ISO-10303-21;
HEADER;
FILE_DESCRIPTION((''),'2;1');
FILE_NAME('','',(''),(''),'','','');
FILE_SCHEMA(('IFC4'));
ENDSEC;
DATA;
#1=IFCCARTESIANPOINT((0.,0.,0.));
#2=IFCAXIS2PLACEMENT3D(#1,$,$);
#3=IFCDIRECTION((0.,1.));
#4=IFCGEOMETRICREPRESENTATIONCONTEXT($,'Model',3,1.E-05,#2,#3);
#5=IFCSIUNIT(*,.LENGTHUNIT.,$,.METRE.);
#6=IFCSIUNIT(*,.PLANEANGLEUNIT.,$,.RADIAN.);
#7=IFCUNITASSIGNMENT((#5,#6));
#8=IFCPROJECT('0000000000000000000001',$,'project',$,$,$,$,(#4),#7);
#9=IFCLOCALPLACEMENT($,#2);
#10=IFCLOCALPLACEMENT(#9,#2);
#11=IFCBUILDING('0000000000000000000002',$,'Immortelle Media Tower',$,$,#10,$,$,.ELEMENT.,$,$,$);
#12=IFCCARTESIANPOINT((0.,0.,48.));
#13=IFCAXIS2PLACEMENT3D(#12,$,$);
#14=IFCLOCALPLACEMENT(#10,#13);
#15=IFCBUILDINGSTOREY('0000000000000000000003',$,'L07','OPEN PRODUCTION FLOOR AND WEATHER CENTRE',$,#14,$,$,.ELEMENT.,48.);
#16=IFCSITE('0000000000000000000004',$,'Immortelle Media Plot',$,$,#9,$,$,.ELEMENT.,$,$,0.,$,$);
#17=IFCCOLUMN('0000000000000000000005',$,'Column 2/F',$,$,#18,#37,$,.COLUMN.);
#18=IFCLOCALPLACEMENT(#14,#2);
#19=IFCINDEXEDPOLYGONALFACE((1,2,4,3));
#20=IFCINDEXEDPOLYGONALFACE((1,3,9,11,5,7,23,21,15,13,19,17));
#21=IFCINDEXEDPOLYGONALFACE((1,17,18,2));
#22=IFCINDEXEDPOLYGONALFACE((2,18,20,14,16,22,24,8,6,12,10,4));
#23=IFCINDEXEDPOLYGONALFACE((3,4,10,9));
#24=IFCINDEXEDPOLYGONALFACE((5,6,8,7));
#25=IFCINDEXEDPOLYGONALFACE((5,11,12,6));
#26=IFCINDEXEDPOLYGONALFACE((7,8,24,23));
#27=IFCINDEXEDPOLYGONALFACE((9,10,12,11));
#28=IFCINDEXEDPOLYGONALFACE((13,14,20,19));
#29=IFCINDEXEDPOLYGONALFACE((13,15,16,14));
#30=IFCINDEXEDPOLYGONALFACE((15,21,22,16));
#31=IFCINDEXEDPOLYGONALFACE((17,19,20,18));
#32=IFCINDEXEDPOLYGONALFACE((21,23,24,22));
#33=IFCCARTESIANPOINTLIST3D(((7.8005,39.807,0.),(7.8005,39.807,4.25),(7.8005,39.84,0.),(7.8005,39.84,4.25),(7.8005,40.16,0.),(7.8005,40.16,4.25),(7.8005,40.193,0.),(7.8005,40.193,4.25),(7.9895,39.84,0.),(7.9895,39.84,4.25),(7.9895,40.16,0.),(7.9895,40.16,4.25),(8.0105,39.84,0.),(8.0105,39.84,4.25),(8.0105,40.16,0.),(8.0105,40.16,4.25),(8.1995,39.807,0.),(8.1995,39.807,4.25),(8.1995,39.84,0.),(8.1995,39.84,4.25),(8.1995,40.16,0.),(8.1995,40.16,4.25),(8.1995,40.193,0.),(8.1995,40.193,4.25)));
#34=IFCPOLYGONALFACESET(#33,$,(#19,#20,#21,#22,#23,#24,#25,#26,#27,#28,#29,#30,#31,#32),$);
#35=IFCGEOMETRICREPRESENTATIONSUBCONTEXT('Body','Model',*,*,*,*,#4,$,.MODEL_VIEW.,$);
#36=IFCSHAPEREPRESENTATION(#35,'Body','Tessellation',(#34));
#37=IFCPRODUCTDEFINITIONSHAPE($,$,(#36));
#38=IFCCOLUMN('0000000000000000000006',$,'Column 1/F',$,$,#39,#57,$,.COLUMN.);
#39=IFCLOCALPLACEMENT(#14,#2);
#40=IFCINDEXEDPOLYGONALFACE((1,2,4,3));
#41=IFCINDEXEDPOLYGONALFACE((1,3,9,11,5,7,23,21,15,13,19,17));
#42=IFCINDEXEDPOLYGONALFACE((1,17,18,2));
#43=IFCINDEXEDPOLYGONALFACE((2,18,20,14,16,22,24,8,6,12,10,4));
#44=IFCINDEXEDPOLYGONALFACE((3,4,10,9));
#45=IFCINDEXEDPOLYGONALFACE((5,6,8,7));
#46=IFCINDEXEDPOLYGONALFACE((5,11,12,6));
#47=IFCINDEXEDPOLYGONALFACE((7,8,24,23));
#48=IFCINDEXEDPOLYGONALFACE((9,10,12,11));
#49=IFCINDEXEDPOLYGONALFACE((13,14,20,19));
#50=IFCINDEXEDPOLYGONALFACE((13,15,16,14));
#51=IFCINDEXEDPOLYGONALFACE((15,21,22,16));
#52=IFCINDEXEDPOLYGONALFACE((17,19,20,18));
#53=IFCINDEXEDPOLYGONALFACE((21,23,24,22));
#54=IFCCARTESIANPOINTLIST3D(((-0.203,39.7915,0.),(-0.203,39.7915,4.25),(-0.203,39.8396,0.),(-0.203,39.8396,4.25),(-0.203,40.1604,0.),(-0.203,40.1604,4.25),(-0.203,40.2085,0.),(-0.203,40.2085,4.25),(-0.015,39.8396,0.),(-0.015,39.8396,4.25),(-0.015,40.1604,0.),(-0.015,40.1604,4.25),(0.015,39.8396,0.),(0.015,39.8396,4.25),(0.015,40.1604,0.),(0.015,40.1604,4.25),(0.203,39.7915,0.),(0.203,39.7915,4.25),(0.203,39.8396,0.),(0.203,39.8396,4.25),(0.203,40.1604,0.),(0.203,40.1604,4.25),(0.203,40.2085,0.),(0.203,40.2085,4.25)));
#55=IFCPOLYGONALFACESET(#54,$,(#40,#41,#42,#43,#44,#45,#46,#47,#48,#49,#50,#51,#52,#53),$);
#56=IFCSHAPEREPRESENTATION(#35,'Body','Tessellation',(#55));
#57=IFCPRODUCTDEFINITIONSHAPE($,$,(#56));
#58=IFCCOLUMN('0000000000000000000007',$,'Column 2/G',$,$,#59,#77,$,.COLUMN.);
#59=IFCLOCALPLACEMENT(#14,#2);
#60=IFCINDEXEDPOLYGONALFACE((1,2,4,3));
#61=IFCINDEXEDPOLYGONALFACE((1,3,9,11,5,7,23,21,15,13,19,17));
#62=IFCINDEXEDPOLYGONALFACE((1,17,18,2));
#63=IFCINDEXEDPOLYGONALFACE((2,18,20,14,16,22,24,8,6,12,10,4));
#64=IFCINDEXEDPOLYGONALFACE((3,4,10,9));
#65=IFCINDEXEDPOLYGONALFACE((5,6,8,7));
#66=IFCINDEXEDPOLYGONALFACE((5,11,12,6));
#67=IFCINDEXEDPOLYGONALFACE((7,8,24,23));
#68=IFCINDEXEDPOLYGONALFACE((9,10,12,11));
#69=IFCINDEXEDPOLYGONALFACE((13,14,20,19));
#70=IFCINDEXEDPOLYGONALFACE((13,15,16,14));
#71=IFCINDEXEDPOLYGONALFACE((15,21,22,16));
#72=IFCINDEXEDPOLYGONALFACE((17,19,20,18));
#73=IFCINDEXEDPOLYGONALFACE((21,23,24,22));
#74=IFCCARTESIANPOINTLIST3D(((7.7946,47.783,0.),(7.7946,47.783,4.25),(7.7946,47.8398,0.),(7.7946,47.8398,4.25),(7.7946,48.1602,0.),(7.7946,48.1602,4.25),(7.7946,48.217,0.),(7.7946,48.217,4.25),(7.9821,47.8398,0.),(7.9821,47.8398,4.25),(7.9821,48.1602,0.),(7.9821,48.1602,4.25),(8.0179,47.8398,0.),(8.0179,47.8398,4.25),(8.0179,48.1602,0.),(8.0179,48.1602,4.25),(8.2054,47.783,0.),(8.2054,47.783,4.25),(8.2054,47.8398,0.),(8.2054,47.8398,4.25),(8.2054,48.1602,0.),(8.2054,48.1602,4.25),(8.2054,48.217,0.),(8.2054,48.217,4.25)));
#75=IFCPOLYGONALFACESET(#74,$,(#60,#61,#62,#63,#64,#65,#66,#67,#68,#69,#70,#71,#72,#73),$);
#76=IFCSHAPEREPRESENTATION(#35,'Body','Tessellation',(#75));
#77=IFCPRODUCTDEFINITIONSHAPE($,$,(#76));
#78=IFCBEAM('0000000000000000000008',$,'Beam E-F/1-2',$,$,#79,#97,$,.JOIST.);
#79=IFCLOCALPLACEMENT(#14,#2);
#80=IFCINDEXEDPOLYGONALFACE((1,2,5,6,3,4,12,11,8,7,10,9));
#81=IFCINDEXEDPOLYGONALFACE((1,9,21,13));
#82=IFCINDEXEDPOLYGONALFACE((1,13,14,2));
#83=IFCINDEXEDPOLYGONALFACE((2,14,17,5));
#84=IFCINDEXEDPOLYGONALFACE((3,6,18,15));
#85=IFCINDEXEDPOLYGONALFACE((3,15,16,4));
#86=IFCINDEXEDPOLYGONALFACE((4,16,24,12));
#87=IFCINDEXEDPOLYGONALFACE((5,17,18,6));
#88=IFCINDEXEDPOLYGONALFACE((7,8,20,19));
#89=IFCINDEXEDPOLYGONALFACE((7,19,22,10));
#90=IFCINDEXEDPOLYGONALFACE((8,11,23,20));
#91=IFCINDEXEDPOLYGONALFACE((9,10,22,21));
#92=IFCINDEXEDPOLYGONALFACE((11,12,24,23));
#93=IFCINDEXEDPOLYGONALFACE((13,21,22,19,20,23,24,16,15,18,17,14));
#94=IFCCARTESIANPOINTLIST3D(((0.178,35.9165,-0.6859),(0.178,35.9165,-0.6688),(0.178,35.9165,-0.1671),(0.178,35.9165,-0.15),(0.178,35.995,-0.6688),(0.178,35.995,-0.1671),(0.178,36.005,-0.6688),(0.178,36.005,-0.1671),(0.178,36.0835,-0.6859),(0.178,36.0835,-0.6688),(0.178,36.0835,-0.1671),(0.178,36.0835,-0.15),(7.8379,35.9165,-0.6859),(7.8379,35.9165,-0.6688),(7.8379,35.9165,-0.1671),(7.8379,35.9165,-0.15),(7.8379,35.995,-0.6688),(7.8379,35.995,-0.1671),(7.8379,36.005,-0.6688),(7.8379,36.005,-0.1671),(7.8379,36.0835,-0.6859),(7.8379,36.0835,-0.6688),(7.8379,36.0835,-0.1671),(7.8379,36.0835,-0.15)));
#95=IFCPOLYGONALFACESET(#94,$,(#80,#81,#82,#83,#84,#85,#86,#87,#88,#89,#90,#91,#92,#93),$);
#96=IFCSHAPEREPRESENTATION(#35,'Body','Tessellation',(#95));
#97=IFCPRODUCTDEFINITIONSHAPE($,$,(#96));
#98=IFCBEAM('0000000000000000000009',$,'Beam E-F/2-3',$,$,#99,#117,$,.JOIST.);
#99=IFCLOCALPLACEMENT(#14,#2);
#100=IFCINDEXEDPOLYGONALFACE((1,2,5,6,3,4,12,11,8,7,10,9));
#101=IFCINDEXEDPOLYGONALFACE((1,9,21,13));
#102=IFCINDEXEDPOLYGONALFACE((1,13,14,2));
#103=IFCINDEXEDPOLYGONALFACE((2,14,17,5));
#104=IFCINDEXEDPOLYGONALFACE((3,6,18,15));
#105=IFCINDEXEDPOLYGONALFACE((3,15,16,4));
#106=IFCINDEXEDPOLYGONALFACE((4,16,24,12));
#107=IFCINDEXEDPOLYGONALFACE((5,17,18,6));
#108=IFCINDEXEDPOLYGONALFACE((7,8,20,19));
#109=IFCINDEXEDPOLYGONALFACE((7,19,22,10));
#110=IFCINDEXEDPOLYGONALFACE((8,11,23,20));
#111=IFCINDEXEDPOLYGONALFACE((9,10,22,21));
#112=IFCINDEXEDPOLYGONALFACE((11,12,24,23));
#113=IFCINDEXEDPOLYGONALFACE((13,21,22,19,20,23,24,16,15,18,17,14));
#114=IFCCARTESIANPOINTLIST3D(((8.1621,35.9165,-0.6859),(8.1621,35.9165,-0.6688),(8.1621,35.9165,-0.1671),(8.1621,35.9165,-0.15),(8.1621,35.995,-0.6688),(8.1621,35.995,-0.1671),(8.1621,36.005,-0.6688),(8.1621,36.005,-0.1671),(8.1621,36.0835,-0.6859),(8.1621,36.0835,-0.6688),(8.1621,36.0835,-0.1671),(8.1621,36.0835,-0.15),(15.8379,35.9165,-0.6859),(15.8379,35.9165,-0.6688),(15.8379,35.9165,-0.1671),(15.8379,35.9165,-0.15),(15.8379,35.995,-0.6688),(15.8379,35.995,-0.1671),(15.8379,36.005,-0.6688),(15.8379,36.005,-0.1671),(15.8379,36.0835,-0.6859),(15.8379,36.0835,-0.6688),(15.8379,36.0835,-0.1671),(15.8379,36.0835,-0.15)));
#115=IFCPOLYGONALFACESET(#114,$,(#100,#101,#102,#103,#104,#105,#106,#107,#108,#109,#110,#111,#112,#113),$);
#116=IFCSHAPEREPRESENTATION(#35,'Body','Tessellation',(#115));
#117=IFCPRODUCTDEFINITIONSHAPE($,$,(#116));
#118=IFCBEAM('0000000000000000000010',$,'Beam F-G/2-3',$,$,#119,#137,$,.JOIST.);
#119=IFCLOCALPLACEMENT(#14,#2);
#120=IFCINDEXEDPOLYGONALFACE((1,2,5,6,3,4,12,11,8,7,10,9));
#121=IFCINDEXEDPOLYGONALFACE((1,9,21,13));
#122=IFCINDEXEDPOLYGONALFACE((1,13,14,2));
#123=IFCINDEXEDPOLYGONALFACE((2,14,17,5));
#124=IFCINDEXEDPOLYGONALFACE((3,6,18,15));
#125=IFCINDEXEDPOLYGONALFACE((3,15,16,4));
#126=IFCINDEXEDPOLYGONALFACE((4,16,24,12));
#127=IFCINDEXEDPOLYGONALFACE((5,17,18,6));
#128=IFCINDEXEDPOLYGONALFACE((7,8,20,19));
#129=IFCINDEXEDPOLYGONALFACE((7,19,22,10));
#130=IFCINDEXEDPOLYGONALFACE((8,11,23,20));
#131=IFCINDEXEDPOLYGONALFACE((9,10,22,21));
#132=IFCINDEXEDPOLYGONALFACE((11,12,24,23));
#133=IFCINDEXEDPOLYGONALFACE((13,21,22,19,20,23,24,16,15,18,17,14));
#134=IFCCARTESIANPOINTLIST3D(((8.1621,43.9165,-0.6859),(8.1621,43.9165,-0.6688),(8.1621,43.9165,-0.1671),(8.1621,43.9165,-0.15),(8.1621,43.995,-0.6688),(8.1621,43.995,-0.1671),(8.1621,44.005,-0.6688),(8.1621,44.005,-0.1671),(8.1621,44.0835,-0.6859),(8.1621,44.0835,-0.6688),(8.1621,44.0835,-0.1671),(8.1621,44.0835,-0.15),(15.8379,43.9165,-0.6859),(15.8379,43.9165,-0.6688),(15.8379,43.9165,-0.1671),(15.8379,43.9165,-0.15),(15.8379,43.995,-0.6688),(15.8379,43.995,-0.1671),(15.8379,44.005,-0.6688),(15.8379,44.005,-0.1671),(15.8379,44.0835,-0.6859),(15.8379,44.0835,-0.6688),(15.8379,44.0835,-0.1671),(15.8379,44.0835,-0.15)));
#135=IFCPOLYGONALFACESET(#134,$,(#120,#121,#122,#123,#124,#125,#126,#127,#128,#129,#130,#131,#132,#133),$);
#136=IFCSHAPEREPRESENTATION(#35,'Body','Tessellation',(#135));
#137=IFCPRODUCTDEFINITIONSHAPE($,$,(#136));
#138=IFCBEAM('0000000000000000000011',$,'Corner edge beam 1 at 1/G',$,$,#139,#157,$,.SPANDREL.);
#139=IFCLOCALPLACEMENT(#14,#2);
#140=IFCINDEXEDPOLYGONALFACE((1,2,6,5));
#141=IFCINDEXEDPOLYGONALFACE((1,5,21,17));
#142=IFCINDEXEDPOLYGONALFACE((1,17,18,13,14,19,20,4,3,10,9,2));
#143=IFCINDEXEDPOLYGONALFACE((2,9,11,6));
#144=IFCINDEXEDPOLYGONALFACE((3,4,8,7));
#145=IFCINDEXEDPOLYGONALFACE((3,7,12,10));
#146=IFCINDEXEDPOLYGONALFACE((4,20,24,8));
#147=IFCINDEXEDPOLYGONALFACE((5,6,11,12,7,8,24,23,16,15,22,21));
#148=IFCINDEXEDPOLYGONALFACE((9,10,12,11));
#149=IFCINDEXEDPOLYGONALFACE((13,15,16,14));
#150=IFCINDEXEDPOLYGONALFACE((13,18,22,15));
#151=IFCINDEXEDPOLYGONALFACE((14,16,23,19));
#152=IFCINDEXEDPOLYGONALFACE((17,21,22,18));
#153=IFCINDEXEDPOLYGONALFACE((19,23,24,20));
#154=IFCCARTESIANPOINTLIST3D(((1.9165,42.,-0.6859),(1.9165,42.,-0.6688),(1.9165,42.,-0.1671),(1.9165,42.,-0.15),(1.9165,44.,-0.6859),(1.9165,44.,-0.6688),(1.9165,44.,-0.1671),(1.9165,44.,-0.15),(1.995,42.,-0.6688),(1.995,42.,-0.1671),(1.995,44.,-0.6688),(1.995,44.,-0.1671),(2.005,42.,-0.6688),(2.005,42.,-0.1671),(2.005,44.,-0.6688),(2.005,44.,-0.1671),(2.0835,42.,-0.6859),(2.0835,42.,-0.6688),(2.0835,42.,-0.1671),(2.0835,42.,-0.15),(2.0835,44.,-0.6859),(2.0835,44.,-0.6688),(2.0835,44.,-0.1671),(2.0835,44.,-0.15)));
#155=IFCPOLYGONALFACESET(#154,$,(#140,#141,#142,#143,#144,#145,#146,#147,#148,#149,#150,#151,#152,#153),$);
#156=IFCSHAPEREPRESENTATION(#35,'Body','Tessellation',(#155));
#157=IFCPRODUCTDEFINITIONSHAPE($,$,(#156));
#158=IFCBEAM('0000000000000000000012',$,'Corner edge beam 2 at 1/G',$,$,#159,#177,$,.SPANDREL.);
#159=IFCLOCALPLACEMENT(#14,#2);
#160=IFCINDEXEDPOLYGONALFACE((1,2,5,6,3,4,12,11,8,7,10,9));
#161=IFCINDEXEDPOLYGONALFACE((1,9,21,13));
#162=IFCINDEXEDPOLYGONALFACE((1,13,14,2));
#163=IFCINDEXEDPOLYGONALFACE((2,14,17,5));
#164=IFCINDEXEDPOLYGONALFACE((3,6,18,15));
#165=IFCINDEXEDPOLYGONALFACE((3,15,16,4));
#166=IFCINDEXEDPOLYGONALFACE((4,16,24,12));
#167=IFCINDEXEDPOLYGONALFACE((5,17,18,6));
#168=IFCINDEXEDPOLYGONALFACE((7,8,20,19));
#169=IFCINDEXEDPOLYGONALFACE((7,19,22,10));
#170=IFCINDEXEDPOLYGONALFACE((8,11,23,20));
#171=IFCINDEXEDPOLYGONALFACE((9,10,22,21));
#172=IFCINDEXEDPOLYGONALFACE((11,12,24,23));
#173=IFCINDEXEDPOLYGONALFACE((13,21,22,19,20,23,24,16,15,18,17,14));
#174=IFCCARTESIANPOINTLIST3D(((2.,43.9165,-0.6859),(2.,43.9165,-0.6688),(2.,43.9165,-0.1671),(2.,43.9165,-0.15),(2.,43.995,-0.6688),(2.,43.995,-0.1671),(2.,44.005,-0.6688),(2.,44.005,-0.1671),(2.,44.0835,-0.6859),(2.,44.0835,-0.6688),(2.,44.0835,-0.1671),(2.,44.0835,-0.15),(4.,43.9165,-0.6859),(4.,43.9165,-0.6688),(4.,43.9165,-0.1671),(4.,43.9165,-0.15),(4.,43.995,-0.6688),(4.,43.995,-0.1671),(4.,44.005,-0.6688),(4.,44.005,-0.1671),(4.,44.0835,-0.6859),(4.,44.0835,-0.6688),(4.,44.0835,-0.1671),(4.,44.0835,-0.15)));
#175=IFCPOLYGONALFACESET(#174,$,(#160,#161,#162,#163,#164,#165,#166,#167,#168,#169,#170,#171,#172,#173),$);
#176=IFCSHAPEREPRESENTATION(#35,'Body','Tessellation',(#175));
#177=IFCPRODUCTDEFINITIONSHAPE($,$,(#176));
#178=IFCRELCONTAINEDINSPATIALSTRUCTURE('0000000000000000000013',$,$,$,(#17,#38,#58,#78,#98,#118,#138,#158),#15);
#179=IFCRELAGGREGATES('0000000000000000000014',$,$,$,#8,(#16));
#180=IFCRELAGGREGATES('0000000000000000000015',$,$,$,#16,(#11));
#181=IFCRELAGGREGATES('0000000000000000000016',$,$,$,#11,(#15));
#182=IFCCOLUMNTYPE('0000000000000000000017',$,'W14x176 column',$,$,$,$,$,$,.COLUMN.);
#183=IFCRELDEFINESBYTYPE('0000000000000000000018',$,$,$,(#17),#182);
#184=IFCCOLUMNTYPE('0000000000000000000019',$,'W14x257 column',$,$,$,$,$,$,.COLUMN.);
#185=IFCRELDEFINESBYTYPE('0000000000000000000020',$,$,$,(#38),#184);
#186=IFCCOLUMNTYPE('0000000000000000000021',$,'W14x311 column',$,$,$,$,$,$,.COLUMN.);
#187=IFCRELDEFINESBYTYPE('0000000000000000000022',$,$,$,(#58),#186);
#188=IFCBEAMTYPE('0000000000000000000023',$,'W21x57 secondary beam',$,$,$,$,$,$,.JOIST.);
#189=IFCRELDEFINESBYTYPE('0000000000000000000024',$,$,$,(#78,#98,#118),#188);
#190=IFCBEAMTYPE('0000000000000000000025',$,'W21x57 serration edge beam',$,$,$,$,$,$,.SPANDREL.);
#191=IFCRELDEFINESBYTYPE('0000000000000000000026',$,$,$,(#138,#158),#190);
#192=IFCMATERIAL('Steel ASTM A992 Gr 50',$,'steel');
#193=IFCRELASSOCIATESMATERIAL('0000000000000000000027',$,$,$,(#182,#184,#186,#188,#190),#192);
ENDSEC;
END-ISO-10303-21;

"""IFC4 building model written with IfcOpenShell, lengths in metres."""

from ifc_helpers import new_model, si_unit, direction, frame, origin, origin_2d, place, context, subcontext, project, spatial, i_section, extrude, material, material_profile, profile_set, type_object, element, save


model = new_model("IFC4")

# Units and contexts
model_context = context("Model", 3, precision=1e-05, world=origin(), true_north=direction((0.0, 1.0)))
body_context = subcontext(model_context, "Body", "Model", "MODEL_VIEW")
ifc_project = project(units=[si_unit("LENGTHUNIT", "METRE"), si_unit("PLANEANGLEUNIT", "RADIAN")], contexts=[model_context])

# Site, building, storey
site_placement = place(None, origin())
site = spatial("IfcSite", under=ifc_project, at=site_placement, Name="Immortelle Media Plot", CompositionType="ELEMENT", RefElevation=0.0)
building_placement = place(site_placement, origin())
building = spatial("IfcBuilding", under=site, at=building_placement, Name="Immortelle Media Tower", CompositionType="ELEMENT")
storey_placement = place(building_placement, frame((0.0, 0.0, 48.0)))
storey = spatial("IfcBuildingStorey", under=building, at=storey_placement, Name="L07", Description="OPEN PRODUCTION FLOOR AND WEATHER CENTRE", CompositionType="ELEMENT", Elevation=48.0)

# Columns
ifc_material_1 = material(Name="Steel ASTM A992 Gr 50", Category="steel")
ifc_material_profile_1 = material_profile(ifc_material_1, i_section(OverallWidth=0.3989, OverallDepth=0.386, WebThickness=0.021, FlangeThickness=0.033, at=origin_2d()), Name="W14x176")
ifc_profile_set_1 = profile_set([ifc_material_profile_1], Name="Steel ASTM A992 Gr 50")
column_type_1 = type_object("IfcColumnType", Name="W14x176 column", PredefinedType="COLUMN", material=ifc_profile_set_1)
column_1_placement = place(storey_placement, frame((8.0, 40.0, 0.0), z_axis=(0.0, 0.0, 1.0), x_axis=(1.0, 0.0, 0.0)))
element("IfcColumn", 1, at=column_1_placement, inside=storey, type_object=column_type_1, Name="Column 2/F", PredefinedType="COLUMN", context=body_context, shape_type="SweptSolid", body=[
    extrude(i_section(OverallWidth=0.3989, OverallDepth=0.386, WebThickness=0.021, FlangeThickness=0.033, at=origin_2d()), origin(), (0.0, 0.0, 1.0), 4.25),
])
ifc_material_profile_2 = material_profile(ifc_material_1, i_section(OverallWidth=0.406, OverallDepth=0.417, WebThickness=0.03, FlangeThickness=0.0481, at=origin_2d()), Name="W14x257")
ifc_profile_set_2 = profile_set([ifc_material_profile_2], Name="Steel ASTM A992 Gr 50")
column_type_2 = type_object("IfcColumnType", Name="W14x257 column", PredefinedType="COLUMN", material=ifc_profile_set_2)
column_2_placement = place(storey_placement, frame((0.0, 40.0, 0.0), z_axis=(0.0, 0.0, 1.0), x_axis=(1.0, 0.0, 0.0)))
element("IfcColumn", 2, at=column_2_placement, inside=storey, type_object=column_type_2, Name="Column 1/F", PredefinedType="COLUMN", context=body_context, shape_type="SweptSolid", body=[
    extrude(i_section(OverallWidth=0.406, OverallDepth=0.417, WebThickness=0.03, FlangeThickness=0.0481, at=origin_2d()), origin(), (0.0, 0.0, 1.0), 4.25),
])
ifc_material_profile_3 = material_profile(ifc_material_1, i_section(OverallWidth=0.4109, OverallDepth=0.4341, WebThickness=0.0359, FlangeThickness=0.0569, at=origin_2d()), Name="W14x311")
ifc_profile_set_3 = profile_set([ifc_material_profile_3], Name="Steel ASTM A992 Gr 50")
column_type_3 = type_object("IfcColumnType", Name="W14x311 column", PredefinedType="COLUMN", material=ifc_profile_set_3)
column_3_placement = place(storey_placement, frame((8.0, 48.0, 0.0), z_axis=(0.0, 0.0, 1.0), x_axis=(1.0, 0.0, 0.0)))
element("IfcColumn", 3, at=column_3_placement, inside=storey, type_object=column_type_3, Name="Column 2/G", PredefinedType="COLUMN", context=body_context, shape_type="SweptSolid", body=[
    extrude(i_section(OverallWidth=0.4109, OverallDepth=0.4341, WebThickness=0.0359, FlangeThickness=0.0569, at=origin_2d()), origin(), (0.0, 0.0, 1.0), 4.25),
])

# Beams
ifc_material_profile_4 = material_profile(ifc_material_1, i_section(OverallWidth=0.167, OverallDepth=0.5359, WebThickness=0.01, FlangeThickness=0.0171, at=origin_2d()), Name="W21x57")
ifc_profile_set_4 = profile_set([ifc_material_profile_4], Name="Steel ASTM A992 Gr 50")
beam_type_1 = type_object("IfcBeamType", Name="W21x57 secondary beam", PredefinedType="JOIST", material=ifc_profile_set_4)
beam_1_placement = place(storey_placement, frame((0.178, 36.0, -0.418), z_axis=(1.0, 0.0, 0.0), x_axis=(0.0, 1.0, 0.0)))
element("IfcBeam", 4, at=beam_1_placement, inside=storey, type_object=beam_type_1, Name="Beam E-F/1-2", PredefinedType="JOIST", context=body_context, shape_type="SweptSolid", body=[
    extrude(i_section(OverallWidth=0.167, OverallDepth=0.5359, WebThickness=0.01, FlangeThickness=0.0171, at=origin_2d()), origin(), (0.0, 0.0, 1.0), 7.6599),
])
for number, where, z_axis, x_axis, name in (
    (5, (8.1621, 36.0, -0.418), (1.0, 0.0, 0.0), (0.0, 1.0, 0.0), "Beam E-F/2-3"),
    (6, (8.1621, 44.0, -0.418), (1.0, 0.0, 0.0), (0.0, 1.0, 0.0), "Beam F-G/2-3"),
):
    element("IfcBeam", number, at=place(storey_placement, frame(where, z_axis=z_axis, x_axis=x_axis)), inside=storey, type_object=beam_type_1, Name=name, PredefinedType="JOIST", context=body_context, shape_type="SweptSolid", body=[
        extrude(i_section(OverallWidth=0.167, OverallDepth=0.5359, WebThickness=0.01, FlangeThickness=0.0171, at=origin_2d()), origin(), (0.0, 0.0, 1.0), 7.6758),
    ])
ifc_material_profile_5 = material_profile(ifc_material_1, i_section(OverallWidth=0.167, OverallDepth=0.5359, WebThickness=0.01, FlangeThickness=0.0171, at=origin_2d()), Name="W21x57")
ifc_profile_set_5 = profile_set([ifc_material_profile_5], Name="Steel ASTM A992 Gr 50")
beam_type_2 = type_object("IfcBeamType", Name="W21x57 serration edge beam", PredefinedType="SPANDREL", material=ifc_profile_set_5)
for number, where, z_axis, x_axis, name in (
    (7, (2.0, 42.0, -0.418), (0.0, 1.0, 0.0), (-1.0, 0.0, 0.0), "Corner edge beam 1 at 1/G"),
    (8, (2.0, 44.0, -0.418), (1.0, 0.0, 0.0), (0.0, 1.0, 0.0), "Corner edge beam 2 at 1/G"),
):
    element("IfcBeam", number, at=place(storey_placement, frame(where, z_axis=z_axis, x_axis=x_axis)), inside=storey, type_object=beam_type_2, Name=name, PredefinedType="SPANDREL", context=body_context, shape_type="SweptSolid", body=[
        extrude(i_section(OverallWidth=0.167, OverallDepth=0.5359, WebThickness=0.01, FlangeThickness=0.0171, at=origin_2d()), origin(), (0.0, 0.0, 1.0), 2.0),
    ])

save(model, "model.ifc")
